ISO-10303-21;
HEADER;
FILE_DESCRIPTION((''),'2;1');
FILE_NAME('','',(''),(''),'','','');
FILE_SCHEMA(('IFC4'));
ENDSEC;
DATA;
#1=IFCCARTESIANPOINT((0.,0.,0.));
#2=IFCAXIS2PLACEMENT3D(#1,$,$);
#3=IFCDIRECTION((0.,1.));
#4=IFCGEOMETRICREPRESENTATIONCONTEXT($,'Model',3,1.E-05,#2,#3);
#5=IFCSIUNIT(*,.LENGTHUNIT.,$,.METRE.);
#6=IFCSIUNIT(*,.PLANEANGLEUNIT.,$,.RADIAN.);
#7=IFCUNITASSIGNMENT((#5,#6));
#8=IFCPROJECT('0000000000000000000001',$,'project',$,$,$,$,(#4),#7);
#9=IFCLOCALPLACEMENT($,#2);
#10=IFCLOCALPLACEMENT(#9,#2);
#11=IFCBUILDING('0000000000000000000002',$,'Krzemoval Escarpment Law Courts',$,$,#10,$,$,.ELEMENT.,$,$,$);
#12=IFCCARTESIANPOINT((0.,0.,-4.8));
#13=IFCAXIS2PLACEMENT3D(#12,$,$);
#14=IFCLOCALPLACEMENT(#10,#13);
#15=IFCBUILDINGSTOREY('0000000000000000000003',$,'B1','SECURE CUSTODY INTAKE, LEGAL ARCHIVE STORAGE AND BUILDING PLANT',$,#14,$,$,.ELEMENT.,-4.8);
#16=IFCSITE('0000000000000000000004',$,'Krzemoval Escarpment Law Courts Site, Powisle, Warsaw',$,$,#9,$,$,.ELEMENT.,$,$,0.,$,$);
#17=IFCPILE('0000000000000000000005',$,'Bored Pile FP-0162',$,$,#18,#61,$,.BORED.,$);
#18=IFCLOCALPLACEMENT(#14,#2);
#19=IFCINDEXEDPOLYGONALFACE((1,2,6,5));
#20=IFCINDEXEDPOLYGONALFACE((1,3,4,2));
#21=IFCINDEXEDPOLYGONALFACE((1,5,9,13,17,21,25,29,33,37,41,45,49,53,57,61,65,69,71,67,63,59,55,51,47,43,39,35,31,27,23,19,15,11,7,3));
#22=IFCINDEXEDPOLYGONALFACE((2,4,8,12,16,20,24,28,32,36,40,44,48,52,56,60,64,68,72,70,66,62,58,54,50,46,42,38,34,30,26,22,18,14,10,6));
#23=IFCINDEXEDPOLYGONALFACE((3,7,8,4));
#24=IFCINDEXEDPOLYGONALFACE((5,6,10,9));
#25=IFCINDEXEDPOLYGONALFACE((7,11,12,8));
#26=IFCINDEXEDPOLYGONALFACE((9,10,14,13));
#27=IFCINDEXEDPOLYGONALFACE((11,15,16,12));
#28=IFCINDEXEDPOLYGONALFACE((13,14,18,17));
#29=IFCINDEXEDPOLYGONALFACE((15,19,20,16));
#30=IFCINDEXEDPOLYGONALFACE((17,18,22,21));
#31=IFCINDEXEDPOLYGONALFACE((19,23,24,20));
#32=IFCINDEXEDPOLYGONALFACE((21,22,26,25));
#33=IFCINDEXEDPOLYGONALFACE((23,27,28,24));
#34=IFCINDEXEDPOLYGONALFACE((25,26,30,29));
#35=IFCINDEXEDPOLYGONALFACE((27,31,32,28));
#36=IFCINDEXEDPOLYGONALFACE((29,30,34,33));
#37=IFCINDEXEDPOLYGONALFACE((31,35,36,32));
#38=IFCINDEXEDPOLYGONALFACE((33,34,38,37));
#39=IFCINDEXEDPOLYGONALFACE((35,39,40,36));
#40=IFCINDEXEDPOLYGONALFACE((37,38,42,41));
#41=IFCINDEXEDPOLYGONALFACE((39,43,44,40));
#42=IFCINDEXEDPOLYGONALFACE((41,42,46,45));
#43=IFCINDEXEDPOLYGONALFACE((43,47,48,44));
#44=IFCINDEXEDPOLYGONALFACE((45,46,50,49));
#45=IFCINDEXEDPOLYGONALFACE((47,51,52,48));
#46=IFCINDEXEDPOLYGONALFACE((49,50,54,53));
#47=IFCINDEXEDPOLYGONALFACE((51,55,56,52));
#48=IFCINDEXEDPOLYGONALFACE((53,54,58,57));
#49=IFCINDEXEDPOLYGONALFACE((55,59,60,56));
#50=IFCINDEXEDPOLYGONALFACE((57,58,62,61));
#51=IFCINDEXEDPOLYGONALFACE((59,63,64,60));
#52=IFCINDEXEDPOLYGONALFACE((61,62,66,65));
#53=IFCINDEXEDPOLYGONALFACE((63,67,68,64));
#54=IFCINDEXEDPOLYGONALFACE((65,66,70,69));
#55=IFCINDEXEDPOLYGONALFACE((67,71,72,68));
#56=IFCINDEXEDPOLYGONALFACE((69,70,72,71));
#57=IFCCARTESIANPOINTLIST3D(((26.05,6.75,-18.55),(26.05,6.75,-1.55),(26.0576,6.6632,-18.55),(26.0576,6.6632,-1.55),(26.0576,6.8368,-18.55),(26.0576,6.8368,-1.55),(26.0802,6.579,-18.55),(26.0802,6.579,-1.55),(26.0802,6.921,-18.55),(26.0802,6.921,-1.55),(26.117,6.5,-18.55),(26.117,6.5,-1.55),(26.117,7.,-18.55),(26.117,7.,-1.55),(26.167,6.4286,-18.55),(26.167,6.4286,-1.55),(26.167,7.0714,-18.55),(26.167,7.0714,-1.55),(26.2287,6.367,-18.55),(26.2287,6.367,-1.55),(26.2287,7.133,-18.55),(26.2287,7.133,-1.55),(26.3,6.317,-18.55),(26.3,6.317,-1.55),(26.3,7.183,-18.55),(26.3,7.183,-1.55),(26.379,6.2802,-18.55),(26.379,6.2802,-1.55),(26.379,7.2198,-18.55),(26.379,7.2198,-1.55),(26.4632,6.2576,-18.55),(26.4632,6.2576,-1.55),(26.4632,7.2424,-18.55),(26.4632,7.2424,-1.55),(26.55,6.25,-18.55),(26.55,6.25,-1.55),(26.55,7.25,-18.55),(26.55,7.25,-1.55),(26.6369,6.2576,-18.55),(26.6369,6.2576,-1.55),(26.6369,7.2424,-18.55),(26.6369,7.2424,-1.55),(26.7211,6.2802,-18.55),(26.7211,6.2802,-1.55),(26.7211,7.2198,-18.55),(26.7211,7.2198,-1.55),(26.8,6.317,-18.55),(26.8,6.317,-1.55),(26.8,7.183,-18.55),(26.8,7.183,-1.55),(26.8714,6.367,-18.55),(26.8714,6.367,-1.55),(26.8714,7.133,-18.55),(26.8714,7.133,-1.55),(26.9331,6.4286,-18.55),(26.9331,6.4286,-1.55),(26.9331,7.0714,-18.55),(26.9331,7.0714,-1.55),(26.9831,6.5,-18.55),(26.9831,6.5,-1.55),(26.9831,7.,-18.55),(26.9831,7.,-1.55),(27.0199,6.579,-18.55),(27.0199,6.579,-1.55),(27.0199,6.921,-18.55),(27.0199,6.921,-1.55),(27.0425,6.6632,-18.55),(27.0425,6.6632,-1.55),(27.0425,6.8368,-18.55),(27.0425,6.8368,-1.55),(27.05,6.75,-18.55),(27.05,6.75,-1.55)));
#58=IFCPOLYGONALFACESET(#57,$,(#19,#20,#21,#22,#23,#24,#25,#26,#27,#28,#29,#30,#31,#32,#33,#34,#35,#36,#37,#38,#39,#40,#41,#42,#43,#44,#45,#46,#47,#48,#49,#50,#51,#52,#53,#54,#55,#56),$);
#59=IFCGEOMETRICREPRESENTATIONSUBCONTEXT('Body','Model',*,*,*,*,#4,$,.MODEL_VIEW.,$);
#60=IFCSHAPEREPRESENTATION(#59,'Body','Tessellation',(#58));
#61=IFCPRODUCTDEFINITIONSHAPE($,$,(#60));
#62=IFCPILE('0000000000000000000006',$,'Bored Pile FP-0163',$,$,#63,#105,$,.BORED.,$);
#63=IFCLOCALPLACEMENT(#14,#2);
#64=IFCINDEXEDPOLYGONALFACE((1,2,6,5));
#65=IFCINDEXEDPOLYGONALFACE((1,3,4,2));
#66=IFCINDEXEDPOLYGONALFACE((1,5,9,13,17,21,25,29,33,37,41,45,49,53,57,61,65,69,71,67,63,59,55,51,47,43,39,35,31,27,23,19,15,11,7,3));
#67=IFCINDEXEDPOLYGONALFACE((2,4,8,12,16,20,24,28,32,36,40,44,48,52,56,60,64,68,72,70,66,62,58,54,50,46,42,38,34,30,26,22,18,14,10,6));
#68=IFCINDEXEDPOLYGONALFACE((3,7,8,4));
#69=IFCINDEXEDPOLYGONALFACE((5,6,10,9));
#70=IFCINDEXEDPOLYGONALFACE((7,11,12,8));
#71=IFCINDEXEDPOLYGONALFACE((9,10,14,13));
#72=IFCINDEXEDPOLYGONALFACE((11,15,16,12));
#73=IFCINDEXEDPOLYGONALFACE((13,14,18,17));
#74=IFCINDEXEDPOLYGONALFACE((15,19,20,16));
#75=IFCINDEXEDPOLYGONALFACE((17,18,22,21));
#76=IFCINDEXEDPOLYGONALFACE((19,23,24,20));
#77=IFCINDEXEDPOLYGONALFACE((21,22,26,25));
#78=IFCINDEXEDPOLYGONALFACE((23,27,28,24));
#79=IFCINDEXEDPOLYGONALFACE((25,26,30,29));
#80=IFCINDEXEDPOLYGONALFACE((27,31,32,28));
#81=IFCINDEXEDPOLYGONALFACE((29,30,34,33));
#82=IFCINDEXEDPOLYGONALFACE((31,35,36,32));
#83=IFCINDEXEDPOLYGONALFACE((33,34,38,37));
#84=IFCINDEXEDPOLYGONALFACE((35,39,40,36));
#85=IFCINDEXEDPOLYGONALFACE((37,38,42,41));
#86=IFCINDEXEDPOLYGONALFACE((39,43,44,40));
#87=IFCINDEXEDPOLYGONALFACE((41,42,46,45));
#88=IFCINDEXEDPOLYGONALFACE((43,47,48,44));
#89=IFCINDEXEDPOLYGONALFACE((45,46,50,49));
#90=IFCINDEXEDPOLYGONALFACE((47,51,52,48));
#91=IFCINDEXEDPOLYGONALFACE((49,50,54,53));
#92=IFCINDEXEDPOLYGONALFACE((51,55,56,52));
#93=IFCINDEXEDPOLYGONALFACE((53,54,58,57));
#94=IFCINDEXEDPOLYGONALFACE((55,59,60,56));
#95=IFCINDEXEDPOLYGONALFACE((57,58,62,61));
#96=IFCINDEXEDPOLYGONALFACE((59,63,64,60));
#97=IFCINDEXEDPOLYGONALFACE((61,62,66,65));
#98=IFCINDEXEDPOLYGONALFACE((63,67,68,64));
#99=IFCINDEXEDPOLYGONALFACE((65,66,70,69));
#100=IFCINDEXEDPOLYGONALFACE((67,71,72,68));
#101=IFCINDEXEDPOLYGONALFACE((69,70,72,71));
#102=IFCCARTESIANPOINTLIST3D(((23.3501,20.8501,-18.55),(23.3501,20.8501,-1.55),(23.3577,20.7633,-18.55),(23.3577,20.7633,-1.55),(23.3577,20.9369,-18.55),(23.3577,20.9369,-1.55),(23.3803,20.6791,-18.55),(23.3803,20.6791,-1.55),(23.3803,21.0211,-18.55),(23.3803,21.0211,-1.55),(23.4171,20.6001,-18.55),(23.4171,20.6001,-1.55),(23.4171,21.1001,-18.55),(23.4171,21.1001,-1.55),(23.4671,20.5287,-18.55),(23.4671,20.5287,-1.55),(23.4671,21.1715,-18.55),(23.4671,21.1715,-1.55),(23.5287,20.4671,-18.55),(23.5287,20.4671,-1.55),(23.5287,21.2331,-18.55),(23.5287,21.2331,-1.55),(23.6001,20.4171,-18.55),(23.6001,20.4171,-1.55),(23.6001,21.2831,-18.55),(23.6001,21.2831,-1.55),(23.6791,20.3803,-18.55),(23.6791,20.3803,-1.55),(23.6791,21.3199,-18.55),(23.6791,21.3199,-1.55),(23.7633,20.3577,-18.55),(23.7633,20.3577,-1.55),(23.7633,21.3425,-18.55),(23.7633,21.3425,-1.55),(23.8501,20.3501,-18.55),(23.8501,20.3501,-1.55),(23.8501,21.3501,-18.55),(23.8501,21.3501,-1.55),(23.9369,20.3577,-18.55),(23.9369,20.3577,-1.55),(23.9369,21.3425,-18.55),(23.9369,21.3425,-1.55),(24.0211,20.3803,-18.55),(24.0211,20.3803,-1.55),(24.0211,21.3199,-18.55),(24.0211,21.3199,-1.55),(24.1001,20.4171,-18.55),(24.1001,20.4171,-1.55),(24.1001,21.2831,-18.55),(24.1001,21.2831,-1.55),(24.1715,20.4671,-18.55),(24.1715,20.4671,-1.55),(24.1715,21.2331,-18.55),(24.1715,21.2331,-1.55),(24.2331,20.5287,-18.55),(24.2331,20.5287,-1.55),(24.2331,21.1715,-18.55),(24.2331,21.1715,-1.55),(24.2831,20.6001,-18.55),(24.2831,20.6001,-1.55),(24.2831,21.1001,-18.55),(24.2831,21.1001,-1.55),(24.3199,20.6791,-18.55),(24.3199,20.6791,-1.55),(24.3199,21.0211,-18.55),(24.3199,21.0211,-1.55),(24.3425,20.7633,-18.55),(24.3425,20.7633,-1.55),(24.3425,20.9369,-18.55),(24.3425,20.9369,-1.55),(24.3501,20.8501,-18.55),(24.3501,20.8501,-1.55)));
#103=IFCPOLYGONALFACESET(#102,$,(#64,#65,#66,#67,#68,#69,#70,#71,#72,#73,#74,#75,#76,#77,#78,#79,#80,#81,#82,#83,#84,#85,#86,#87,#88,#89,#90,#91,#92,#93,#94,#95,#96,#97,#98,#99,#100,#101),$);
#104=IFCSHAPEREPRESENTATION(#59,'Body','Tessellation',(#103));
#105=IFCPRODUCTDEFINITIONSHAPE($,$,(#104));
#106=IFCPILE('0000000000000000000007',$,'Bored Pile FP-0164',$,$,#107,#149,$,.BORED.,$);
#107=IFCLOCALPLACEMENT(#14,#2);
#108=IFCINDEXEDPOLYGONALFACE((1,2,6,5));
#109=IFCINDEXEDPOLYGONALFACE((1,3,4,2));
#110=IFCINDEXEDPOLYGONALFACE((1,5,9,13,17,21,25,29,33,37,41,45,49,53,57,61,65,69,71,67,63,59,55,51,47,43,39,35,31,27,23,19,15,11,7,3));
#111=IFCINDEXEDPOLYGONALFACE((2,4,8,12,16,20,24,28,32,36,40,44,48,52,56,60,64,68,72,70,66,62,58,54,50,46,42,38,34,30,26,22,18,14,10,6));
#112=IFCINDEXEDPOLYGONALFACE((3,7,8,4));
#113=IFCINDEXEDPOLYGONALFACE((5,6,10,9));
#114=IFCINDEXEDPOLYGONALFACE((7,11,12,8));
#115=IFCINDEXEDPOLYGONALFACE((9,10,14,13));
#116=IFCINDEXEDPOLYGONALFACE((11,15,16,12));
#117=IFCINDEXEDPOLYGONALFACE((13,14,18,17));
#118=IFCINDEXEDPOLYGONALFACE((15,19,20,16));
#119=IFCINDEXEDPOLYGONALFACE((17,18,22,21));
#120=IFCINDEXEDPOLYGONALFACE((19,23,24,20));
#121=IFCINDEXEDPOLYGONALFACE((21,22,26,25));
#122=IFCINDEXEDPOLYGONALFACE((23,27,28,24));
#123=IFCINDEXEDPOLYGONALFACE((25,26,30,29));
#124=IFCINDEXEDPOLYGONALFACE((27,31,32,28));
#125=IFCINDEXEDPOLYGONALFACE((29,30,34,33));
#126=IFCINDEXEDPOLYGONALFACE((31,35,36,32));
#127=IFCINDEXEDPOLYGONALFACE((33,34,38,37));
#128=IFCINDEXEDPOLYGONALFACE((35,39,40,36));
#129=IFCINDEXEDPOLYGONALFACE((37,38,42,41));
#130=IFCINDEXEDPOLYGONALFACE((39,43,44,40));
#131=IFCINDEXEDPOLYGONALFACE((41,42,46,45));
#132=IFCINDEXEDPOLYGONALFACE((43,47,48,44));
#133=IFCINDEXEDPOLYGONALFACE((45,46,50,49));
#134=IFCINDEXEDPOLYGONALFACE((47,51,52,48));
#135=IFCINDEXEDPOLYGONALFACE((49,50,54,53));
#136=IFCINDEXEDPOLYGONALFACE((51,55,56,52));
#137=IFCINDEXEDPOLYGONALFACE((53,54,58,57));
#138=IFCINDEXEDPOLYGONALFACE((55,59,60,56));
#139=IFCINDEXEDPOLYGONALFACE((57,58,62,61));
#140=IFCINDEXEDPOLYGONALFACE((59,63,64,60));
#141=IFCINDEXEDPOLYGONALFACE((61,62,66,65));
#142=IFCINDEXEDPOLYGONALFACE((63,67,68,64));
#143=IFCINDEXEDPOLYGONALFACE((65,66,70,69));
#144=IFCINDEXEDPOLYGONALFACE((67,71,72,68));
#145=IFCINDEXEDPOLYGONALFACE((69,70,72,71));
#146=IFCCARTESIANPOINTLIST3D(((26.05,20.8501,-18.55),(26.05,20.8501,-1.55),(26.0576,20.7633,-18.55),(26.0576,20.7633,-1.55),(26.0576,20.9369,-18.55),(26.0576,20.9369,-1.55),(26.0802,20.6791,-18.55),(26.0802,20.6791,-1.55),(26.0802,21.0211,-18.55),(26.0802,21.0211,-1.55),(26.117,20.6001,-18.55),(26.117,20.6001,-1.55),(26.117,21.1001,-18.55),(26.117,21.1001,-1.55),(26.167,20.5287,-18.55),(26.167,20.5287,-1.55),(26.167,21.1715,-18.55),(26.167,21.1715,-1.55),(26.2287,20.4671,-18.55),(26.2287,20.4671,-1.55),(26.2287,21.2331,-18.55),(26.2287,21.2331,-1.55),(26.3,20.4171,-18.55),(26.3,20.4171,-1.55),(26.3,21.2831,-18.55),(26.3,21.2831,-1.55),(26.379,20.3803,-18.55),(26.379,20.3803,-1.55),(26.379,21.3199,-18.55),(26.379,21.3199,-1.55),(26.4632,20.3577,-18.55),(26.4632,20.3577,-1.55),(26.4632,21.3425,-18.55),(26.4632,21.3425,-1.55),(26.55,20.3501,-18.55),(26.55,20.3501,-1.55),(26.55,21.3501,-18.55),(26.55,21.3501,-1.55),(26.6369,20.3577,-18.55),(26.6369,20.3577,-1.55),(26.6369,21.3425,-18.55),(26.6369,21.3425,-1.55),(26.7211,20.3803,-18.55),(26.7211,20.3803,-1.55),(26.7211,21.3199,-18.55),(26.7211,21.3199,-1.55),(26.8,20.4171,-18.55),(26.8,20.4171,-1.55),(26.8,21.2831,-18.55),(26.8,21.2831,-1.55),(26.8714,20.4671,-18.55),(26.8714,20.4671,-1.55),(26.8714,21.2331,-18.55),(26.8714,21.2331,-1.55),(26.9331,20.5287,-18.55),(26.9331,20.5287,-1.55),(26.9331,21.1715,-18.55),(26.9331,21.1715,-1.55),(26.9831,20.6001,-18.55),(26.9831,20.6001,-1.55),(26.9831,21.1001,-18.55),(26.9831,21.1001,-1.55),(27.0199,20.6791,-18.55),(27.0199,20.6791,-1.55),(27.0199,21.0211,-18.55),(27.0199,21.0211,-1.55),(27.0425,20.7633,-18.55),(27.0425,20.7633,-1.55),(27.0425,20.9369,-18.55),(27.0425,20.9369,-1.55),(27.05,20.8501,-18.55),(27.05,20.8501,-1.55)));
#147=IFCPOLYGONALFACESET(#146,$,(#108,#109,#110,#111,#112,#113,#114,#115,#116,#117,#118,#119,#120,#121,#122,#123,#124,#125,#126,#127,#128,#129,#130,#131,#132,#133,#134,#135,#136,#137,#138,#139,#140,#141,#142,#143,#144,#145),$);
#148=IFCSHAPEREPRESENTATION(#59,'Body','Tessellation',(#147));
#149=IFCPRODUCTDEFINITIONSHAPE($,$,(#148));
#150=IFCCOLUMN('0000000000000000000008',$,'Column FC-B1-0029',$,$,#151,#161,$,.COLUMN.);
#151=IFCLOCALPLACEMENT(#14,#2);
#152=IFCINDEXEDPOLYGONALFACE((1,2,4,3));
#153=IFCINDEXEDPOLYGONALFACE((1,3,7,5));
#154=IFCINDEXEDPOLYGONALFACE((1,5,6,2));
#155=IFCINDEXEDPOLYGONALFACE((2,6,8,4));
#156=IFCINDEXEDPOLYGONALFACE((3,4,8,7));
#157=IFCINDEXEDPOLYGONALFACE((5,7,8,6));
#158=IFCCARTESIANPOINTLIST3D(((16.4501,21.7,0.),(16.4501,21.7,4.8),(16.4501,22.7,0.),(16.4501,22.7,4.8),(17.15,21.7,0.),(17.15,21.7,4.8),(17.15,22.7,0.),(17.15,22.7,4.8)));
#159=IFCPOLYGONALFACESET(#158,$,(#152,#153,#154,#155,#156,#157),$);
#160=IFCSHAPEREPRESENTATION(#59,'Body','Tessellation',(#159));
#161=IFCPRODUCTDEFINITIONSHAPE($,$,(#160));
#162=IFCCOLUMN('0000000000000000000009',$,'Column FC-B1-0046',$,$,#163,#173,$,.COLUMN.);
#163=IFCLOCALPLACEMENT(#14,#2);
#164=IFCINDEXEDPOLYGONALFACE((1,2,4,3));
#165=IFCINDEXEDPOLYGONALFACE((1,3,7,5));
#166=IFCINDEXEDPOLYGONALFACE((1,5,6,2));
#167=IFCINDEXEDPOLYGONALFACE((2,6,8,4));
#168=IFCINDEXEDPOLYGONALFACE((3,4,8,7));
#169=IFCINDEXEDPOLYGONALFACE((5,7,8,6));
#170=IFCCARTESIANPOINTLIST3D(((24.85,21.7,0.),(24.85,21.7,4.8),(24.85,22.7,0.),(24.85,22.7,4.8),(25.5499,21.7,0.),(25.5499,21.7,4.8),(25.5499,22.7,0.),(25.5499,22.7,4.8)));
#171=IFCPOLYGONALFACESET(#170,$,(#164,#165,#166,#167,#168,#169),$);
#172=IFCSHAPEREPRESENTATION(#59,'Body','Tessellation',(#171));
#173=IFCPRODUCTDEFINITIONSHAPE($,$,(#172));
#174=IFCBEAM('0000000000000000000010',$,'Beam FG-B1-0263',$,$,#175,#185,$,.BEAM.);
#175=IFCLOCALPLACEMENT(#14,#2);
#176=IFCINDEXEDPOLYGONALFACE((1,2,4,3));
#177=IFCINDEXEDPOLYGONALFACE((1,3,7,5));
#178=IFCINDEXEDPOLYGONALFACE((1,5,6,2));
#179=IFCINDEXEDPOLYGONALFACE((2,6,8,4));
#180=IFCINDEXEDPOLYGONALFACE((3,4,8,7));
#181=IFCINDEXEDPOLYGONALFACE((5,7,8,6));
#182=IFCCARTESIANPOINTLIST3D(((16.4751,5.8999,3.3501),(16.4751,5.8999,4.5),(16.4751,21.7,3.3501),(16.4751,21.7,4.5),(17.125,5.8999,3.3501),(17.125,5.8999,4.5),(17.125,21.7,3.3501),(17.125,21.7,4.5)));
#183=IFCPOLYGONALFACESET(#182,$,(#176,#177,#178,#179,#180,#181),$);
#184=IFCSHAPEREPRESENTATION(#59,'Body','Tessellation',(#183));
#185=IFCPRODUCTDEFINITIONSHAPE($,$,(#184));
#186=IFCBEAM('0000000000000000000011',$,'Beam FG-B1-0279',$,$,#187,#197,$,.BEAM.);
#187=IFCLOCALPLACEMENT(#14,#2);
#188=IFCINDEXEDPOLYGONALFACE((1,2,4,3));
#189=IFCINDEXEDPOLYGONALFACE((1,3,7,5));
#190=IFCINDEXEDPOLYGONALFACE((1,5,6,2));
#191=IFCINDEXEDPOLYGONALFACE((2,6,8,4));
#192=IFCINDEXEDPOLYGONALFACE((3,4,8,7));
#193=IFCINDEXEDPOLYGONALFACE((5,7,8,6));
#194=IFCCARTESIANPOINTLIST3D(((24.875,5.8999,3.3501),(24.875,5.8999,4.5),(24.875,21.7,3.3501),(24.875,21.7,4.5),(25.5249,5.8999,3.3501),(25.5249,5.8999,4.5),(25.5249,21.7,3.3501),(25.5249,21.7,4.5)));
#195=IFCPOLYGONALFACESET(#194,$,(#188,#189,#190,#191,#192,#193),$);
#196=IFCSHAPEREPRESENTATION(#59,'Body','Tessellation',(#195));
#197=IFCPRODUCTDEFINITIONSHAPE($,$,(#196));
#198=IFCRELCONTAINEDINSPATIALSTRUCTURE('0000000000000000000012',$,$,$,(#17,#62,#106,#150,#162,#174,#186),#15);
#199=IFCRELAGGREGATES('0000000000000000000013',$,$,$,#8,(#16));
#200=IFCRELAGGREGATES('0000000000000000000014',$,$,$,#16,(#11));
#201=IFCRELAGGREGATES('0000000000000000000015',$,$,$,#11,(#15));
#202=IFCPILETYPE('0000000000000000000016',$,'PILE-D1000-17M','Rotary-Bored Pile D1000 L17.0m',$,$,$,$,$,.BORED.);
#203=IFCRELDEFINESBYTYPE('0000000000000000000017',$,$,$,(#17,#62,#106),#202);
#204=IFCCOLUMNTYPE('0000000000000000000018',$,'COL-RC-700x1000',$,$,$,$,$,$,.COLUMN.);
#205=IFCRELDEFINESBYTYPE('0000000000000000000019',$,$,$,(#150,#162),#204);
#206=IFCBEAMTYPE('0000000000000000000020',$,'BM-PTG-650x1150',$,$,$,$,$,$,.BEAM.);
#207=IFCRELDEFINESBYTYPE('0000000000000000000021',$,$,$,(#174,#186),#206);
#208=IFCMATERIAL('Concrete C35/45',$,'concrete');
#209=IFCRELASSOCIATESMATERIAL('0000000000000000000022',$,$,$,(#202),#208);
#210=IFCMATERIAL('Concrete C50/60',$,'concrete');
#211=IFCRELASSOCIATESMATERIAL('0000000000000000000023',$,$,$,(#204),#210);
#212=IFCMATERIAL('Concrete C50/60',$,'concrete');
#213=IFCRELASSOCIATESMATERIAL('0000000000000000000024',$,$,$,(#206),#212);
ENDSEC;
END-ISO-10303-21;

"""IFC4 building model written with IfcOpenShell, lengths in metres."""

from ifc_helpers import new_model, si_unit, direction, frame, origin, origin_2d, place, context, subcontext, project, spatial, rectangle, circle, extrude, material, material_profile, profile_set, type_object, element, save


model = new_model("IFC4")

# Units and contexts
model_context = context("Model", 3, precision=1e-05, world=origin(), true_north=direction((0.0, 1.0)))
body_context = subcontext(model_context, "Body", "Model", "MODEL_VIEW")
ifc_project = project(units=[si_unit("LENGTHUNIT", "METRE"), si_unit("PLANEANGLEUNIT", "RADIAN")], contexts=[model_context])

# Site, building, storey
site_placement = place(None, origin())
site = spatial("IfcSite", under=ifc_project, at=site_placement, Name="Krzemoval Escarpment Law Courts Site, Powisle, Warsaw", CompositionType="ELEMENT", RefElevation=0.0)
building_placement = place(site_placement, origin())
building = spatial("IfcBuilding", under=site, at=building_placement, Name="Krzemoval Escarpment Law Courts", CompositionType="ELEMENT")
storey_placement = place(building_placement, frame((0.0, 0.0, -4.8)))
storey = spatial("IfcBuildingStorey", under=building, at=storey_placement, Name="B1", Description="SECURE CUSTODY INTAKE, LEGAL ARCHIVE STORAGE AND BUILDING PLANT", CompositionType="ELEMENT", Elevation=-4.8)

# Piles
ifc_material_1 = material(Name="Concrete C35/45", Category="concrete")
ifc_material_profile_1 = material_profile(ifc_material_1, circle(Radius=0.5, at=origin_2d()), Name="PILE D1000")
ifc_profile_set_1 = profile_set([ifc_material_profile_1], Name="Concrete C35/45")
pile_type = type_object("IfcPileType", Name="PILE-D1000-17M", Description="Rotary-Bored Pile D1000 L17.0m", PredefinedType="BORED", material=ifc_profile_set_1)
for number, where, z_axis, x_axis, name in (
    (1, (26.55, 6.75, -1.55), (0.0, 0.0, -1.0), (1.0, 0.0, 0.0), "Bored Pile FP-0162"),
    (2, (23.8501, 20.8501, -1.55), (0.0, 0.0, -1.0), (1.0, 0.0, 0.0), "Bored Pile FP-0163"),
    (3, (26.55, 20.8501, -1.55), (0.0, 0.0, -1.0), (1.0, 0.0, 0.0), "Bored Pile FP-0164"),
):
    element("IfcPile", number, at=place(storey_placement, frame(where, z_axis=z_axis, x_axis=x_axis)), inside=storey, type_object=pile_type, Name=name, PredefinedType="BORED", context=body_context, shape_type="SweptSolid", body=[
        extrude(circle(Radius=0.5, at=origin_2d()), origin(), (0.0, 0.0, 1.0), 17.0),
    ])

# Columns
ifc_material_2 = material(Name="Concrete C50/60", Category="concrete")
ifc_material_profile_2 = material_profile(ifc_material_2, rectangle(XDim=0.7, YDim=1.0, at=origin_2d()), Name="RC 700x1000")
ifc_profile_set_2 = profile_set([ifc_material_profile_2], Name="Concrete C50/60")
column_type = type_object("IfcColumnType", Name="COL-RC-700x1000", PredefinedType="COLUMN", material=ifc_profile_set_2)
for number, where, z_axis, x_axis, name in (
    (4, (16.8, 22.2, 0.0), (0.0, 0.0, 1.0), (1.0, 0.0, 0.0), "Column FC-B1-0029"),
    (5, (25.2, 22.2, 0.0), (0.0, 0.0, 1.0), (1.0, 0.0, 0.0), "Column FC-B1-0046"),
):
    element("IfcColumn", number, at=place(storey_placement, frame(where, z_axis=z_axis, x_axis=x_axis)), inside=storey, type_object=column_type, Name=name, PredefinedType="COLUMN", context=body_context, shape_type="SweptSolid", body=[
        extrude(rectangle(XDim=0.7, YDim=1.0, at=origin_2d()), origin(), (0.0, 0.0, 1.0), 4.8),
    ])

# Beams
ifc_material_3 = material(Name="Concrete C50/60", Category="concrete")
ifc_material_profile_3 = material_profile(ifc_material_3, rectangle(XDim=0.6499, YDim=1.1499, at=origin_2d()), Name="PTG 650x1150")
ifc_profile_set_3 = profile_set([ifc_material_profile_3], Name="Concrete C50/60")
beam_type_1 = type_object("IfcBeamType", Name="BM-PTG-650x1150", PredefinedType="BEAM", material=ifc_profile_set_3)
for number, where, z_axis, x_axis, name in (
    (6, (16.8, 5.8999, 3.925), (0.0, 1.0, 0.0), (-1.0, 0.0, 0.0), "Beam FG-B1-0263"),
    (7, (25.2, 5.8999, 3.925), (0.0, 1.0, 0.0), (-1.0, 0.0, 0.0), "Beam FG-B1-0279"),
):
    element("IfcBeam", number, at=place(storey_placement, frame(where, z_axis=z_axis, x_axis=x_axis)), inside=storey, type_object=beam_type_1, Name=name, PredefinedType="BEAM", context=body_context, shape_type="SweptSolid", body=[
        extrude(rectangle(XDim=0.6499, YDim=1.1499, at=origin_2d()), origin(), (0.0, 0.0, 1.0), 15.8),
    ])

save(model, "model.ifc")
